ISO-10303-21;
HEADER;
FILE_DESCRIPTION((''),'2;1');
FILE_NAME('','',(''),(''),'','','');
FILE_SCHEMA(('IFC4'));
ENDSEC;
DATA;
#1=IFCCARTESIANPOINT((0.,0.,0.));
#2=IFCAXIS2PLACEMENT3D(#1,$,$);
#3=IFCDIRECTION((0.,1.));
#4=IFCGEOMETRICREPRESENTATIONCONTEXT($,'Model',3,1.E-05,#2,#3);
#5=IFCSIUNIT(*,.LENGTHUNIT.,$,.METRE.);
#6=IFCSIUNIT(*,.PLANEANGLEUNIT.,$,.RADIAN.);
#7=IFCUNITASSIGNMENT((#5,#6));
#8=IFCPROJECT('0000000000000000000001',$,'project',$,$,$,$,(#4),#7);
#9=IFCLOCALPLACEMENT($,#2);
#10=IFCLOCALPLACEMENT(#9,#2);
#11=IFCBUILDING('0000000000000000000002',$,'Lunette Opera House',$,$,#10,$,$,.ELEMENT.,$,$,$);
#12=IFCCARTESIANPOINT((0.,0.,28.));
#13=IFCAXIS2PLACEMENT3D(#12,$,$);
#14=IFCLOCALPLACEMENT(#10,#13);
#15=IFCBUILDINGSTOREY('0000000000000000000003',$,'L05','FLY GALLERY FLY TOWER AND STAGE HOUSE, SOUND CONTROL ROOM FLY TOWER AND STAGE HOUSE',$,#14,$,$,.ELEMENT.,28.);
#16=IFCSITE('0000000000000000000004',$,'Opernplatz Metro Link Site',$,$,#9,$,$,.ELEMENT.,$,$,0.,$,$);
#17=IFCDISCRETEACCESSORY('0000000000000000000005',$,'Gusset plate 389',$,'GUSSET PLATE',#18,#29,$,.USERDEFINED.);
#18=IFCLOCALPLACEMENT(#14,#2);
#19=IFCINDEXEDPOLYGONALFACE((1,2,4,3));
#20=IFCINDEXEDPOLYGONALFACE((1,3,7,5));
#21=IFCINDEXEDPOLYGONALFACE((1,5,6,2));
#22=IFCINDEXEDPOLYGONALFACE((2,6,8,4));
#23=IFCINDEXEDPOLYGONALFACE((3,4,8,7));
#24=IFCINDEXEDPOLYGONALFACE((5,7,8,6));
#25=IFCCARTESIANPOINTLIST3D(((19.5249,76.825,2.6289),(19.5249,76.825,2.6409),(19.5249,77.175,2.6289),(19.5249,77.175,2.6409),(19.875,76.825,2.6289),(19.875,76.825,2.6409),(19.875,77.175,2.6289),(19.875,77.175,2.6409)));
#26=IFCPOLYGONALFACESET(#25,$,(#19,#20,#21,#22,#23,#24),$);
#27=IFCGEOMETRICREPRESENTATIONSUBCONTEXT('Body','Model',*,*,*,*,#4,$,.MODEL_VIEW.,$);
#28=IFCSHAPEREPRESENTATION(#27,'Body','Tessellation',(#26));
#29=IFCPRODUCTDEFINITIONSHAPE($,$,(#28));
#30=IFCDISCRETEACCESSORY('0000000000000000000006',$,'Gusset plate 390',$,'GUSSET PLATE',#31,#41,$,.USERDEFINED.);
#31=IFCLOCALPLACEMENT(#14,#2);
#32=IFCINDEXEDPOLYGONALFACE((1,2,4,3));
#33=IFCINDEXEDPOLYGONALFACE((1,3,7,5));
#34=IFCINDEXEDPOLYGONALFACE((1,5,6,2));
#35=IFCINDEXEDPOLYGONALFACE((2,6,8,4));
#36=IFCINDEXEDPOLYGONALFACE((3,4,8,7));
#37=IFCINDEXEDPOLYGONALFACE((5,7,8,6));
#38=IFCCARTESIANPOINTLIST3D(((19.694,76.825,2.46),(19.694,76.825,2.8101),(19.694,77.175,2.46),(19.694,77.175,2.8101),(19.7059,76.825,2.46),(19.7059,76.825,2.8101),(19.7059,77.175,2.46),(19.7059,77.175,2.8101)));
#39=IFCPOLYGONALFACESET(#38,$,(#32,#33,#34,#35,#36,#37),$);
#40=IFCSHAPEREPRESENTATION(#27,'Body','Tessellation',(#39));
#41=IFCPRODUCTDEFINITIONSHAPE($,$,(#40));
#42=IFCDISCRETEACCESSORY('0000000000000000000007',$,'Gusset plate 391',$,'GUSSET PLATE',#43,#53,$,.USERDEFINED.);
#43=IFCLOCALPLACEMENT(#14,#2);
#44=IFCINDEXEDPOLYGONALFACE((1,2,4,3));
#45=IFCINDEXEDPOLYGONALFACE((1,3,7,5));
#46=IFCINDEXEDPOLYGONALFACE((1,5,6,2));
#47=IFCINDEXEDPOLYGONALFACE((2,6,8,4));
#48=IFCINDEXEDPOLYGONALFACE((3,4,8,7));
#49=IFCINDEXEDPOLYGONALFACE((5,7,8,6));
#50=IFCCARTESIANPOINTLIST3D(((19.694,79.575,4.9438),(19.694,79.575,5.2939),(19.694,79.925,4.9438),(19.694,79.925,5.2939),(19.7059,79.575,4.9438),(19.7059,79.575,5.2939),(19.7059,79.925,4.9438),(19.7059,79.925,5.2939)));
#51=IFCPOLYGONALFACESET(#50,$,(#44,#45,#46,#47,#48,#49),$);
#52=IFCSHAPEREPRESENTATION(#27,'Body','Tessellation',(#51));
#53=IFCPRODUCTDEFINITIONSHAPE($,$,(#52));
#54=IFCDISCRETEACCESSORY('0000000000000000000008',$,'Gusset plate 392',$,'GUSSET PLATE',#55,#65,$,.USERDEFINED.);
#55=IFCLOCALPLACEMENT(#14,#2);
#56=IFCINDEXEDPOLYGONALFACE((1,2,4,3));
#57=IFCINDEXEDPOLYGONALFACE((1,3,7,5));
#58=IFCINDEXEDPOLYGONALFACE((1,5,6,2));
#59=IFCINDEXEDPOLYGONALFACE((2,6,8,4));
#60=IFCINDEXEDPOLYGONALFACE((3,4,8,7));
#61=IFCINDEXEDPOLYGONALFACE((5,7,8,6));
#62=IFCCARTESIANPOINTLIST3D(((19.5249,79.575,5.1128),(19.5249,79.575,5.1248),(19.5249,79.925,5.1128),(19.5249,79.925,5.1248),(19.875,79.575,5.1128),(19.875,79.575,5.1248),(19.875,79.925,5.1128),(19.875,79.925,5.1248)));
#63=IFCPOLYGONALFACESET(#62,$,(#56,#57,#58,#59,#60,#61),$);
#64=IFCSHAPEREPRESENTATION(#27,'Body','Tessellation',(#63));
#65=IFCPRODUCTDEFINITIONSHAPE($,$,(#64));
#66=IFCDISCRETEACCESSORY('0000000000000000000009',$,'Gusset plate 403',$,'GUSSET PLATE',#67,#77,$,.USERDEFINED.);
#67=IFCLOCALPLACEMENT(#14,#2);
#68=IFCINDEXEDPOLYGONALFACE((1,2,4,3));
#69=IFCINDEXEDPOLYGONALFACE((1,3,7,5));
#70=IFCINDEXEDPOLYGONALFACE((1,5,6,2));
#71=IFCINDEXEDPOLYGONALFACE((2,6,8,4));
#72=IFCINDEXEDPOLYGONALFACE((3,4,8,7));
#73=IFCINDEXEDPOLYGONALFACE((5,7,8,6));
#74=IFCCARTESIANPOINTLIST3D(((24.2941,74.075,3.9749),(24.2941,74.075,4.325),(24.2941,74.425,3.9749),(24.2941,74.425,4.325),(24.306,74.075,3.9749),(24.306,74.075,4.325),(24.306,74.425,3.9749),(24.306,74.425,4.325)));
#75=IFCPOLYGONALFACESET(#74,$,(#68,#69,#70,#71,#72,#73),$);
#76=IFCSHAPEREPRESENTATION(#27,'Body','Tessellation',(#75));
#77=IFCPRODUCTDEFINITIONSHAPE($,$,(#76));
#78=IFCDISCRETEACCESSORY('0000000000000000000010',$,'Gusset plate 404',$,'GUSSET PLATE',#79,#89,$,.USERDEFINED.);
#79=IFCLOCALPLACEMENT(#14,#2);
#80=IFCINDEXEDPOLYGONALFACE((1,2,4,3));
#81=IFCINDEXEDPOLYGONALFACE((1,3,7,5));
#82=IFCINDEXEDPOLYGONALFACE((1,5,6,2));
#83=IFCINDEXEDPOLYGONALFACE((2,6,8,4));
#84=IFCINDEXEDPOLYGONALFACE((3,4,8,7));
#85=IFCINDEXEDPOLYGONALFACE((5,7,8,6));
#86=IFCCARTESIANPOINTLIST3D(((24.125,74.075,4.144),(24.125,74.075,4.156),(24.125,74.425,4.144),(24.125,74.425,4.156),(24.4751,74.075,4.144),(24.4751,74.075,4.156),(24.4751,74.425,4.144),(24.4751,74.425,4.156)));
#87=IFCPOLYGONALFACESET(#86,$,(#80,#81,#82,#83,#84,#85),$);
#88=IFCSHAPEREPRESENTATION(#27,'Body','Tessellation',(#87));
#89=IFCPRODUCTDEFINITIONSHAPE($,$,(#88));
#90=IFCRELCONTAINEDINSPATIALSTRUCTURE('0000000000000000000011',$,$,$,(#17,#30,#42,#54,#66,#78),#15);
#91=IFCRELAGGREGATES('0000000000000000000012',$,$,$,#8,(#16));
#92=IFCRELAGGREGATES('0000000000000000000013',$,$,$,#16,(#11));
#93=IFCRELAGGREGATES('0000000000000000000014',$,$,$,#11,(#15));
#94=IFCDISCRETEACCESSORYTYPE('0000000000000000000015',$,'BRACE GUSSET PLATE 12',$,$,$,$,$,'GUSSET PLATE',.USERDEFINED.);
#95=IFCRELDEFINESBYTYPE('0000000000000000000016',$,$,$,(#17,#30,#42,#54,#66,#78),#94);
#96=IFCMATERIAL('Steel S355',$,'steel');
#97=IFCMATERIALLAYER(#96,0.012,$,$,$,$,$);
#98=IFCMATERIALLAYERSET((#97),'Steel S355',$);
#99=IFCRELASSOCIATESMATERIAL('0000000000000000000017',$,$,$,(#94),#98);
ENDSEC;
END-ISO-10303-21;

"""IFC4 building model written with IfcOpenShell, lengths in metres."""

from ifc_helpers import new_model, si_unit, direction, frame, origin, origin_2d, place, context, subcontext, project, spatial, rectangle, extrude, material, layer, layer_set, type_object, element, save


model = new_model("IFC4")

# Units and contexts
model_context = context("Model", 3, precision=1e-05, world=origin(), true_north=direction((0.0, 1.0)))
body_context = subcontext(model_context, "Body", "Model", "MODEL_VIEW")
ifc_project = project(units=[si_unit("LENGTHUNIT", "METRE"), si_unit("PLANEANGLEUNIT", "RADIAN")], contexts=[model_context])

# Site, building, storey
site_placement = place(None, origin())
site = spatial("IfcSite", under=ifc_project, at=site_placement, Name="Opernplatz Metro Link Site", CompositionType="ELEMENT", RefElevation=0.0)
building_placement = place(site_placement, origin())
building = spatial("IfcBuilding", under=site, at=building_placement, Name="Lunette Opera House", CompositionType="ELEMENT")
storey_placement = place(building_placement, frame((0.0, 0.0, 28.0)))
storey = spatial("IfcBuildingStorey", under=building, at=storey_placement, Name="L05", Description="FLY GALLERY FLY TOWER AND STAGE HOUSE, SOUND CONTROL ROOM FLY TOWER AND STAGE HOUSE", CompositionType="ELEMENT", Elevation=28.0)

# Discrete accessories
ifc_material_1 = material(Name="Steel S355", Category="steel")
ifc_layer = layer(ifc_material_1, 0.012)
ifc_layer_set = layer_set([ifc_layer], Name="Steel S355")
discrete_accessory_type = type_object("IfcDiscreteAccessoryType", Name="BRACE GUSSET PLATE 12", ElementType="GUSSET PLATE", PredefinedType="USERDEFINED", material=ifc_layer_set)
discrete_accessory_1_placement = place(storey_placement, frame((19.7, 77.0, 2.6289), z_axis=(0.0, 0.0, 1.0), x_axis=(0.0, 1.0, 0.0)))
element("IfcDiscreteAccessory", 1, at=discrete_accessory_1_placement, inside=storey, type_object=discrete_accessory_type, Name="Gusset plate 389", ObjectType="GUSSET PLATE", PredefinedType="USERDEFINED", context=body_context, shape_type="SweptSolid", body=[
    extrude(rectangle(XDim=0.3501, YDim=0.3501, at=origin_2d()), origin(), (0.0, 0.0, 1.0), 0.012),
])
for number, where, z_axis, x_axis, name in (
    (2, (19.7, 77.0, 2.46), (0.0, 0.0, 1.0), (0.0, 1.0, 0.0), "Gusset plate 390"),
    (3, (19.7, 79.75, 4.9438), (0.0, 0.0, 1.0), (0.0, 1.0, 0.0), "Gusset plate 391"),
):
    element("IfcDiscreteAccessory", number, at=place(storey_placement, frame(where, z_axis=z_axis, x_axis=x_axis)), inside=storey, type_object=discrete_accessory_type, Name=name, ObjectType="GUSSET PLATE", PredefinedType="USERDEFINED", context=body_context, shape_type="SweptSolid", body=[
        extrude(rectangle(XDim=0.3501, YDim=0.012, at=origin_2d()), origin(), (0.0, 0.0, 1.0), 0.3501),
    ])
discrete_accessory_2_placement = place(storey_placement, frame((19.7, 79.75, 5.1128), z_axis=(0.0, 0.0, 1.0), x_axis=(0.0, 1.0, 0.0)))
element("IfcDiscreteAccessory", 4, at=discrete_accessory_2_placement, inside=storey, type_object=discrete_accessory_type, Name="Gusset plate 392", ObjectType="GUSSET PLATE", PredefinedType="USERDEFINED", context=body_context, shape_type="SweptSolid", body=[
    extrude(rectangle(XDim=0.3501, YDim=0.3501, at=origin_2d()), origin(), (0.0, 0.0, 1.0), 0.012),
])
discrete_accessory_3_placement = place(storey_placement, frame((24.3, 74.25, 3.9749), z_axis=(0.0, 0.0, 1.0), x_axis=(0.0, 1.0, 0.0)))
element("IfcDiscreteAccessory", 5, at=discrete_accessory_3_placement, inside=storey, type_object=discrete_accessory_type, Name="Gusset plate 403", ObjectType="GUSSET PLATE", PredefinedType="USERDEFINED", context=body_context, shape_type="SweptSolid", body=[
    extrude(rectangle(XDim=0.3501, YDim=0.012, at=origin_2d()), origin(), (0.0, 0.0, 1.0), 0.3501),
])
discrete_accessory_4_placement = place(storey_placement, frame((24.3, 74.25, 4.144), z_axis=(0.0, 0.0, 1.0), x_axis=(0.0, 1.0, 0.0)))
element("IfcDiscreteAccessory", 6, at=discrete_accessory_4_placement, inside=storey, type_object=discrete_accessory_type, Name="Gusset plate 404", ObjectType="GUSSET PLATE", PredefinedType="USERDEFINED", context=body_context, shape_type="SweptSolid", body=[
    extrude(rectangle(XDim=0.3501, YDim=0.3501, at=origin_2d()), origin(), (0.0, 0.0, 1.0), 0.012),
])

save(model, "model.ifc")
